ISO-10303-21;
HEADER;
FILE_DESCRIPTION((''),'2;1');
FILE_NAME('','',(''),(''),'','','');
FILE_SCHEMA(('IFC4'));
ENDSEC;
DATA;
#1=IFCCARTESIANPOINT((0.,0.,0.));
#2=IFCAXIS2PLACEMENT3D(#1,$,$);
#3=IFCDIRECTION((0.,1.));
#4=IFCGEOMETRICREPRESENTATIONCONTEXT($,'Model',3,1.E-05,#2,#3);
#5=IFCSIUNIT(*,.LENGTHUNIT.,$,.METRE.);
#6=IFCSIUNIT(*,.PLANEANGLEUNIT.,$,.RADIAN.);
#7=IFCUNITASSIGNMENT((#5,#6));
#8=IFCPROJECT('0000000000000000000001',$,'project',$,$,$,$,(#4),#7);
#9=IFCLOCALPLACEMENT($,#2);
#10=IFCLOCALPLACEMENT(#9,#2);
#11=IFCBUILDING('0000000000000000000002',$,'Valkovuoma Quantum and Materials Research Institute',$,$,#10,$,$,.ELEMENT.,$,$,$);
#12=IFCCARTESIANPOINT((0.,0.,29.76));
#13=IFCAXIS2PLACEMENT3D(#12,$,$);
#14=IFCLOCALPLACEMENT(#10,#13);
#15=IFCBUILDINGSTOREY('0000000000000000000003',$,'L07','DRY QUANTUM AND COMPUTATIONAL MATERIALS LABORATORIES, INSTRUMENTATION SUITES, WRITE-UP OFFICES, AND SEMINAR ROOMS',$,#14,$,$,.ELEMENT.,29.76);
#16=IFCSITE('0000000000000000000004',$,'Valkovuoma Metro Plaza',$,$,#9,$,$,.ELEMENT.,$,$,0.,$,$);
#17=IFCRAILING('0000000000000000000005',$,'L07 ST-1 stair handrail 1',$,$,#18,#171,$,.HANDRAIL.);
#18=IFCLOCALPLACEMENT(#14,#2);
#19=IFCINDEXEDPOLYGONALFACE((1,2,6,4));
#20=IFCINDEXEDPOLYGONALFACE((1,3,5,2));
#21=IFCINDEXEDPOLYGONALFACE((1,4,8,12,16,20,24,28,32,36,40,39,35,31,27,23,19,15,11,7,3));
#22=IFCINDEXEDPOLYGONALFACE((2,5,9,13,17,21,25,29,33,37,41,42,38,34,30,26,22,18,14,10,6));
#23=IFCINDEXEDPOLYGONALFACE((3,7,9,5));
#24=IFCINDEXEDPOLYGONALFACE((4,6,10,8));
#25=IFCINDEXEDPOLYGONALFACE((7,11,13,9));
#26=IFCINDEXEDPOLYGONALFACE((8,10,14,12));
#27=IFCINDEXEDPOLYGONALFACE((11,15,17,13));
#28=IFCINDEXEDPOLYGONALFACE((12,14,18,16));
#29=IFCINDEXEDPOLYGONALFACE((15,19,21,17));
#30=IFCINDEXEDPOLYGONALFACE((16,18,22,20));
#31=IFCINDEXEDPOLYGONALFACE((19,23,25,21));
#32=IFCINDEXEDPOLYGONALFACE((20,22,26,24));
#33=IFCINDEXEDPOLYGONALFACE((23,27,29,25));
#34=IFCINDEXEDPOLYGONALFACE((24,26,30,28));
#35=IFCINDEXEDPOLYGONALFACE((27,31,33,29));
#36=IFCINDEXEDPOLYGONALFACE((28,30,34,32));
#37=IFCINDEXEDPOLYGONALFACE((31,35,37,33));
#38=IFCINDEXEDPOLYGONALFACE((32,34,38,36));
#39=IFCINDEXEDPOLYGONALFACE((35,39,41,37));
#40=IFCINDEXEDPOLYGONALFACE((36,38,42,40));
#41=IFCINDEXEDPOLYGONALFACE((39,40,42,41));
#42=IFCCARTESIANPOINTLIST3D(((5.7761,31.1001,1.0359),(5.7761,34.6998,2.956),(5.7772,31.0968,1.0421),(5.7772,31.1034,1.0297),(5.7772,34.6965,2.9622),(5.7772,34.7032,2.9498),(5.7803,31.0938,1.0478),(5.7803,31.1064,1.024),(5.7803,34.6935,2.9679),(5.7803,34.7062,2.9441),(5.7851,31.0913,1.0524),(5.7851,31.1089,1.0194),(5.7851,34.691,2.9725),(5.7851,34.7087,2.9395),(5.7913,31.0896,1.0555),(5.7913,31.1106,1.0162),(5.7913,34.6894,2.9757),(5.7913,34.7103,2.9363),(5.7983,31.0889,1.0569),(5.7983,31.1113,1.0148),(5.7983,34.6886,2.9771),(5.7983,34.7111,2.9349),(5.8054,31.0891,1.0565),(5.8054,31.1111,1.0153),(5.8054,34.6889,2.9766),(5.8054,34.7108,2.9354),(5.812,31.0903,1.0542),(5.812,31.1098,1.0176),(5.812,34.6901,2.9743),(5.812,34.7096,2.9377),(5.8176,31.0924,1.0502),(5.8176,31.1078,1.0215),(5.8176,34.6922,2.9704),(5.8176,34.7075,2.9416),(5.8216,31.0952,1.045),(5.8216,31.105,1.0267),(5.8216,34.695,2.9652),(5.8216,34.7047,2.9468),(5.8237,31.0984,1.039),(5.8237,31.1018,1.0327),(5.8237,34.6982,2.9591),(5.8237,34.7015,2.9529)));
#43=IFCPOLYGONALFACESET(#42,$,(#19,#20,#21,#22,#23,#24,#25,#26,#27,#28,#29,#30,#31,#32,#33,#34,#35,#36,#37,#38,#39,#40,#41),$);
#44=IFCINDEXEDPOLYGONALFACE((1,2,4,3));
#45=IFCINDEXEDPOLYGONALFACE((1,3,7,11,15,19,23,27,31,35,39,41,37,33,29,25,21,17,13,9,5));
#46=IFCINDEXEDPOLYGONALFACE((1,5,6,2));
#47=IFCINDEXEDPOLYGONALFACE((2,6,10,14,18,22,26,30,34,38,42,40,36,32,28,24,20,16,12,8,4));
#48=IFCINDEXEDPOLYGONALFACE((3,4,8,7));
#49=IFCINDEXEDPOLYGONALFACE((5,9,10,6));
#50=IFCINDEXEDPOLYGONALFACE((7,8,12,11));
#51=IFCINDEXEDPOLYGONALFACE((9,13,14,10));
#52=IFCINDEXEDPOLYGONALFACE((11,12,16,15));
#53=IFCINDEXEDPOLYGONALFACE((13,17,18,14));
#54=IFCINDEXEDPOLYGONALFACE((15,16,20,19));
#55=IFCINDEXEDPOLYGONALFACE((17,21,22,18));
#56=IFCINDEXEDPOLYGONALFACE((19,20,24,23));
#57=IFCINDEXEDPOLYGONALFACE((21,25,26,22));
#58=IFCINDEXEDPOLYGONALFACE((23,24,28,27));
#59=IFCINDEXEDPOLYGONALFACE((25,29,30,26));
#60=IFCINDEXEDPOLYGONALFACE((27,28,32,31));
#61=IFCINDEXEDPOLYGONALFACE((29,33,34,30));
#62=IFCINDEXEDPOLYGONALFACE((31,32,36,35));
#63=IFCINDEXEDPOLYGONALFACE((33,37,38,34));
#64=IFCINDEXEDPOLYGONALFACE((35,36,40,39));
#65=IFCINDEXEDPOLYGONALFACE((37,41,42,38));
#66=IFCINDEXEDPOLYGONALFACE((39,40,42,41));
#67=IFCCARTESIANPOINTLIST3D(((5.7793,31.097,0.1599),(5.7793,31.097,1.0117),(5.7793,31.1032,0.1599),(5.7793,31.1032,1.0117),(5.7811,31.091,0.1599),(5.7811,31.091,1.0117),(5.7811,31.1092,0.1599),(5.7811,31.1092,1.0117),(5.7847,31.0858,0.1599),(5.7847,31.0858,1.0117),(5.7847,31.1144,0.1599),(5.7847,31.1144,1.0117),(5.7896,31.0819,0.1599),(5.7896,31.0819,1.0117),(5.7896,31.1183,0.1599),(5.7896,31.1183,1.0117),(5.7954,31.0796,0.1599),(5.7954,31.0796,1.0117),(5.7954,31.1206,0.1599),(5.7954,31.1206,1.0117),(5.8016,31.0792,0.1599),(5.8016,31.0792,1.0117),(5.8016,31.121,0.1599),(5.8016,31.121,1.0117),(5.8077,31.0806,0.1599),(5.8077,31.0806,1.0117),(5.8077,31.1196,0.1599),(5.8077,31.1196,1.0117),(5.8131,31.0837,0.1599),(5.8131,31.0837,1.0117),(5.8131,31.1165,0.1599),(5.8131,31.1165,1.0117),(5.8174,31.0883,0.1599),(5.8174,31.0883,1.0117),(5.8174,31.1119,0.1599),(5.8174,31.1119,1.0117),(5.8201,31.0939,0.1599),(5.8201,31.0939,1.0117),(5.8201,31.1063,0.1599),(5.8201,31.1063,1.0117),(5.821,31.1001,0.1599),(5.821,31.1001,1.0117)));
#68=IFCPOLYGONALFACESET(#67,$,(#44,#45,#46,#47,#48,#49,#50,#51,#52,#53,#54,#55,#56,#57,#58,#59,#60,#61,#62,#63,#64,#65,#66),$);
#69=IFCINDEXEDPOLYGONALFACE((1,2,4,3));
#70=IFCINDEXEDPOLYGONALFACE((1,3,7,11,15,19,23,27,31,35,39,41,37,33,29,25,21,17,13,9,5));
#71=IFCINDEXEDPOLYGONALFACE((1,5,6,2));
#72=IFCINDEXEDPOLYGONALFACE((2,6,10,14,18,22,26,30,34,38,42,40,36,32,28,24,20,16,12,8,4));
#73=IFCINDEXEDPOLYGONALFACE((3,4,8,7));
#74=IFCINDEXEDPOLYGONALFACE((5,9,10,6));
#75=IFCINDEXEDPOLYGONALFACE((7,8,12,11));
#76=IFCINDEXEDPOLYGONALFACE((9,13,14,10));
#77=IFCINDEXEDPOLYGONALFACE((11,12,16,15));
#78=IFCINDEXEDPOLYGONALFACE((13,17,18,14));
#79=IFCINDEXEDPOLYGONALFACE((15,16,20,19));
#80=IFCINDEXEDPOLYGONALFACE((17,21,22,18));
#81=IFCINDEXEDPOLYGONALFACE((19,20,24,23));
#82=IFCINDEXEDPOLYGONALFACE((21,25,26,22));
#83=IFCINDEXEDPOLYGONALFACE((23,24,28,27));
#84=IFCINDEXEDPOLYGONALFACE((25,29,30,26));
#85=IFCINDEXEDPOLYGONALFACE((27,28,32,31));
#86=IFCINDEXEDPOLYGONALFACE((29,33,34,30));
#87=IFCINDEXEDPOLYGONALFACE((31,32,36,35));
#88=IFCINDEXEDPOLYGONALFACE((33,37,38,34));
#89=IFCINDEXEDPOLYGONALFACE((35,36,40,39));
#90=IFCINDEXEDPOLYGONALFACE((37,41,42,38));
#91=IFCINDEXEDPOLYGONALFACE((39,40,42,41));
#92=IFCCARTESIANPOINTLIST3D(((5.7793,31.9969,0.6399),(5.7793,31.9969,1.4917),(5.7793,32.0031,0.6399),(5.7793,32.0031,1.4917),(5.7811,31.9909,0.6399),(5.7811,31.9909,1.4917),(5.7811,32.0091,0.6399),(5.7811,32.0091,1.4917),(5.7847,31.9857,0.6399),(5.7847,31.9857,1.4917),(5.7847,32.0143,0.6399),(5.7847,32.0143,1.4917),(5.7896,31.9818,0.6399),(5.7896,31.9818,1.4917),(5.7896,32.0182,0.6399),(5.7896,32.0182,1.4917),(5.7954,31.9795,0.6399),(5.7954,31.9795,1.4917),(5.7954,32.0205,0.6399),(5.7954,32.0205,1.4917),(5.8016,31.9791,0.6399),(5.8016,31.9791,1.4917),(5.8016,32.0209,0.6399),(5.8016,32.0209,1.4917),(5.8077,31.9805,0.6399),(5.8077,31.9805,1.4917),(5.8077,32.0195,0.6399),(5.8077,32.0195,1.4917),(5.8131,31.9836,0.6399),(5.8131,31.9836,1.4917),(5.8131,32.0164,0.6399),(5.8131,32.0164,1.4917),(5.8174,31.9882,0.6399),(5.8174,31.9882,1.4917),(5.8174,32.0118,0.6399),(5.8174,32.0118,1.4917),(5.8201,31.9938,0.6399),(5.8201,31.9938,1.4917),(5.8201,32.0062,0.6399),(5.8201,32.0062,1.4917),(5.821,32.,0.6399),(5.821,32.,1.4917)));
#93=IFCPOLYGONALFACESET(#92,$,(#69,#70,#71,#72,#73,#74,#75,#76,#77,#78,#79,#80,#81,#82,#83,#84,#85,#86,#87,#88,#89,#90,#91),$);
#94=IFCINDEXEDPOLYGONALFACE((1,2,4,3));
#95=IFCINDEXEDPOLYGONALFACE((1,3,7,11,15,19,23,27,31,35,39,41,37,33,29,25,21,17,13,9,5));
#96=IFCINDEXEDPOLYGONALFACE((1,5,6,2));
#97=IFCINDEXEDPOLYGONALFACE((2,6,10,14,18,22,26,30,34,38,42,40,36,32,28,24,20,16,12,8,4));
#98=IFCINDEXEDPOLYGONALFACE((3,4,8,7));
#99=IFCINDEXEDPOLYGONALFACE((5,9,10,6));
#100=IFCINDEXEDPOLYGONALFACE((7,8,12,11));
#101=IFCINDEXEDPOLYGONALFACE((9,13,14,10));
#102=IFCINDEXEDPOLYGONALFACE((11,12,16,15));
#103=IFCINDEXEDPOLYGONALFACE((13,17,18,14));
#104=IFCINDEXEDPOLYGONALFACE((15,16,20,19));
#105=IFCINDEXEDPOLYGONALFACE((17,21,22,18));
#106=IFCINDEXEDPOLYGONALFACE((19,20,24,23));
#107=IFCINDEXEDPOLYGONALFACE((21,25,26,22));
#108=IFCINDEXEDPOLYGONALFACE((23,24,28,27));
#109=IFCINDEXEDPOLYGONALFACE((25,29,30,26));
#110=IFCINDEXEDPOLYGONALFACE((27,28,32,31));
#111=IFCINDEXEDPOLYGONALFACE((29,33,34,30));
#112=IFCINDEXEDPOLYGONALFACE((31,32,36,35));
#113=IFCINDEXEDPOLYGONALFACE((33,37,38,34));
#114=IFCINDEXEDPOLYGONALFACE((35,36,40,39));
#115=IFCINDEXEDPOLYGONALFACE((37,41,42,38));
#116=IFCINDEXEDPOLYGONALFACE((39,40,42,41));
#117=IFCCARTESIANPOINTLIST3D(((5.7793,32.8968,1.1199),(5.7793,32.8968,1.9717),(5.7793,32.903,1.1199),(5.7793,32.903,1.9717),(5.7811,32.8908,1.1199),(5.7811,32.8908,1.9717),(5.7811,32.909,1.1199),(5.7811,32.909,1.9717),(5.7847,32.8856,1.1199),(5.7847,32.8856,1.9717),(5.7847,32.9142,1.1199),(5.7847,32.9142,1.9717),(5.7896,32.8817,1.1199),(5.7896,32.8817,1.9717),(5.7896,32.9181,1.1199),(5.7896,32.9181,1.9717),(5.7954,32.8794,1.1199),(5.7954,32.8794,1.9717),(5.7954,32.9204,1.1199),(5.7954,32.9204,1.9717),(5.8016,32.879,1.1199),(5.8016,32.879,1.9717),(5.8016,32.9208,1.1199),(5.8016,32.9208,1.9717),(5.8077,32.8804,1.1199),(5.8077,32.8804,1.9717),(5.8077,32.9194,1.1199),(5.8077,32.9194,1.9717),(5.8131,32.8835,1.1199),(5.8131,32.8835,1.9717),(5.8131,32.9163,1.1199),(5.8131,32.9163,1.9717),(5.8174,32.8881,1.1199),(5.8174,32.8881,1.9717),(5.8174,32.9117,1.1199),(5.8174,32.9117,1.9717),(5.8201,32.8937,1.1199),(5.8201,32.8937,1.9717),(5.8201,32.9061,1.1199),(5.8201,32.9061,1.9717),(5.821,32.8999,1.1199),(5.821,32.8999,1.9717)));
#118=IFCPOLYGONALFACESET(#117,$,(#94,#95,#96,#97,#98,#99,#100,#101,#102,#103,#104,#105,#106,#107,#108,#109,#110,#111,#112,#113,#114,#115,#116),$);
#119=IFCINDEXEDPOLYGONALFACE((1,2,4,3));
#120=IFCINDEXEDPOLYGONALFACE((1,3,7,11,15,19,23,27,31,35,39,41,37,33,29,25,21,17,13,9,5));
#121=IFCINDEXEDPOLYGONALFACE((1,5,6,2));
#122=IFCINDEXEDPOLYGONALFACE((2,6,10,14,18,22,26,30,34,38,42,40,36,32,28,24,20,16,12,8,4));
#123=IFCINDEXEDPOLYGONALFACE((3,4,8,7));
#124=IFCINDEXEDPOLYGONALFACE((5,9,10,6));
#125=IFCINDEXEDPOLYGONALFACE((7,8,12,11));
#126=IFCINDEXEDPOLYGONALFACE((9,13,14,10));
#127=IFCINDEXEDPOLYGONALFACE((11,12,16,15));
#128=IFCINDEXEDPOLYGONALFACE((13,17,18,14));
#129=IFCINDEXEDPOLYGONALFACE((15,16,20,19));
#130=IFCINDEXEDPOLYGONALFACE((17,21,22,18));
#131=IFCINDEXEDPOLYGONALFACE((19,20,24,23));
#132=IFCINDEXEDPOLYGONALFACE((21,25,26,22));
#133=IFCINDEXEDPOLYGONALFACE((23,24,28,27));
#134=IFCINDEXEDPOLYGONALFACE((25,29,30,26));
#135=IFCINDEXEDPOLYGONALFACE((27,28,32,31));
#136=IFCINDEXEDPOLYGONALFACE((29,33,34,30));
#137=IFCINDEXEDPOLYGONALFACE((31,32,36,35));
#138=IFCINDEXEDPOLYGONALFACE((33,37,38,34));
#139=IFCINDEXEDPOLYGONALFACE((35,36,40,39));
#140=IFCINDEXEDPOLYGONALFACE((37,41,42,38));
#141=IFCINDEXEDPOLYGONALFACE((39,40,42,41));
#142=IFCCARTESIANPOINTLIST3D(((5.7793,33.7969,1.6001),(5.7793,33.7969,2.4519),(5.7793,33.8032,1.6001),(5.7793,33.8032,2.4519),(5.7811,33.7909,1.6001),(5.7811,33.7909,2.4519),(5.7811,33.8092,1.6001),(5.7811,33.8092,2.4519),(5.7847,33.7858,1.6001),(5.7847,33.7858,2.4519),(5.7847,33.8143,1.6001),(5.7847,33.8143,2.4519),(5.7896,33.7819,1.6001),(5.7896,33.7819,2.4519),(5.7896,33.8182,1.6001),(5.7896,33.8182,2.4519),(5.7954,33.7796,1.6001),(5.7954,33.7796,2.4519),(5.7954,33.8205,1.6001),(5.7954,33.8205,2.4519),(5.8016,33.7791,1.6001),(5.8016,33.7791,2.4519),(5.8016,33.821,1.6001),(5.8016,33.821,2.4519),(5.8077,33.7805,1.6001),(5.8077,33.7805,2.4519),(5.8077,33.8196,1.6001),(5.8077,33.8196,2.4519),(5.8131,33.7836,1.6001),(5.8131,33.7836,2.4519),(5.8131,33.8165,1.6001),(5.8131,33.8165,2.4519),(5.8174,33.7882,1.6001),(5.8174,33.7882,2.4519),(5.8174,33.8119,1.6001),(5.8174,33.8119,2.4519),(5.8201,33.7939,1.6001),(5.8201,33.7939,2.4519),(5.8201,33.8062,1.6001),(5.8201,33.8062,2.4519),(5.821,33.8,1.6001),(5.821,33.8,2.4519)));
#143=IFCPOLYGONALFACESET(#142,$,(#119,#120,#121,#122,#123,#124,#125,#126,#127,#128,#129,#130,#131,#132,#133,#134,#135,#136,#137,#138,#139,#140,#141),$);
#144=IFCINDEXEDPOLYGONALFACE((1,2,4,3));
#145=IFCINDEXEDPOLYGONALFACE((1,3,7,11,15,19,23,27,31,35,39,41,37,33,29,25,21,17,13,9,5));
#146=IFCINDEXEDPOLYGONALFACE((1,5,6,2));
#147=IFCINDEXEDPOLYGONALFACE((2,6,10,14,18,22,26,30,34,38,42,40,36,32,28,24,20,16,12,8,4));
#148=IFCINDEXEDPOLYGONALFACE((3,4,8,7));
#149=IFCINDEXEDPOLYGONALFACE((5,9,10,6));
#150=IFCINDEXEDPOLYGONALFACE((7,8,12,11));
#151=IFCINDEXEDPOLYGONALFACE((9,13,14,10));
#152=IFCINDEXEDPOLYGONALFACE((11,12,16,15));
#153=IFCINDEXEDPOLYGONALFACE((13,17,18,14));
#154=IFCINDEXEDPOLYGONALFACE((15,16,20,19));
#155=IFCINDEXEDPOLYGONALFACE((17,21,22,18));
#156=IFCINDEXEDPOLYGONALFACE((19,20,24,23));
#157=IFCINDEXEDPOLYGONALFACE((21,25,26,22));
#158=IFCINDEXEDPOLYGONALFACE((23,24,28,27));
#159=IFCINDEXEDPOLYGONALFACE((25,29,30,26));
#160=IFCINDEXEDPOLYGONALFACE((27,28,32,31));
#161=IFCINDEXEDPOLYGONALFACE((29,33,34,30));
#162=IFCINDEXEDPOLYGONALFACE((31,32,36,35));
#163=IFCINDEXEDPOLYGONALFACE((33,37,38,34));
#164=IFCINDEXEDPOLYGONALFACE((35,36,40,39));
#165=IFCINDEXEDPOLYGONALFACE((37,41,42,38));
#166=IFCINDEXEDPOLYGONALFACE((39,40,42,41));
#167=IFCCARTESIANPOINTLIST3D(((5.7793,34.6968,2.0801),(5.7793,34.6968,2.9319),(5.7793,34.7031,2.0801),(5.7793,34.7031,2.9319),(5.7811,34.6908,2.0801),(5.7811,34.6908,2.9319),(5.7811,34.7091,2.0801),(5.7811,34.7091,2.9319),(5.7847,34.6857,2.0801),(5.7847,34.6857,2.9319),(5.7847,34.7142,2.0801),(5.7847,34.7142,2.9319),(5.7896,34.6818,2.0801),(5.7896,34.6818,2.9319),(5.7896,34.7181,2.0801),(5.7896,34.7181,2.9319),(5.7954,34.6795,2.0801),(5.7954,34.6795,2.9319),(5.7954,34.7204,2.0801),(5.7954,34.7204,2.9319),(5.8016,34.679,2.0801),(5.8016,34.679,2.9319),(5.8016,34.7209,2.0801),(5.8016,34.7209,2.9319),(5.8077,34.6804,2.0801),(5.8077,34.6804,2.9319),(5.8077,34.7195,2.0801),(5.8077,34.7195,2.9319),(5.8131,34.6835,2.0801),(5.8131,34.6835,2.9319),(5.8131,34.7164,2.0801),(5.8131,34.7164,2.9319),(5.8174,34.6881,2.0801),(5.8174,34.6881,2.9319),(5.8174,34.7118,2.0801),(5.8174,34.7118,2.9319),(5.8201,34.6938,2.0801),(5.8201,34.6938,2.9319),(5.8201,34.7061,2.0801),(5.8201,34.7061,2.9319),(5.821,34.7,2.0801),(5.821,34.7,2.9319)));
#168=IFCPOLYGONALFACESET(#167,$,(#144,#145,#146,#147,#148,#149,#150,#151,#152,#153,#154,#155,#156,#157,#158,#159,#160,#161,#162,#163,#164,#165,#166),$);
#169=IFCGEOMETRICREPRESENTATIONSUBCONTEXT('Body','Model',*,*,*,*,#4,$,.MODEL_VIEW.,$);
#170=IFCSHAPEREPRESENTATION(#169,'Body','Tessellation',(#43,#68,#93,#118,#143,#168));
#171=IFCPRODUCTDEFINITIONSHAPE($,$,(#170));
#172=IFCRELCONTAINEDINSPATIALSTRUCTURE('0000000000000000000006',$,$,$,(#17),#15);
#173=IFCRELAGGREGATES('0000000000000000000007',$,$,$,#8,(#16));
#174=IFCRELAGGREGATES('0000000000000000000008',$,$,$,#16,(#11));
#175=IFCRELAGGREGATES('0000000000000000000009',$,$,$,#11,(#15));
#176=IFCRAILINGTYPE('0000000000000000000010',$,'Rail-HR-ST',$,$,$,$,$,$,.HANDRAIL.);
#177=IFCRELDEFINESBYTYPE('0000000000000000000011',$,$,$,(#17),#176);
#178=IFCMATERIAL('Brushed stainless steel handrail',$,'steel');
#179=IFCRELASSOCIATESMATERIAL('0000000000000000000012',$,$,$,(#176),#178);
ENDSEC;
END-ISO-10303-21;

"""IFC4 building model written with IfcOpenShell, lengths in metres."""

from ifc_helpers import new_model, si_unit, direction, frame, origin, origin_2d, place, context, subcontext, project, spatial, circle, extrude, material, type_object, element, save


model = new_model("IFC4")

# Units and contexts
model_context = context("Model", 3, precision=1e-05, world=origin(), true_north=direction((0.0, 1.0)))
body_context = subcontext(model_context, "Body", "Model", "MODEL_VIEW")
ifc_project = project(units=[si_unit("LENGTHUNIT", "METRE"), si_unit("PLANEANGLEUNIT", "RADIAN")], contexts=[model_context])

# Site, building, storey
site_placement = place(None, origin())
site = spatial("IfcSite", under=ifc_project, at=site_placement, Name="Valkovuoma Metro Plaza", CompositionType="ELEMENT", RefElevation=0.0)
building_placement = place(site_placement, origin())
building = spatial("IfcBuilding", under=site, at=building_placement, Name="Valkovuoma Quantum and Materials Research Institute", CompositionType="ELEMENT")
storey_placement = place(building_placement, frame((0.0, 0.0, 29.76)))
storey = spatial("IfcBuildingStorey", under=building, at=storey_placement, Name="L07", Description="DRY QUANTUM AND COMPUTATIONAL MATERIALS LABORATORIES, INSTRUMENTATION SUITES, WRITE-UP OFFICES, AND SEMINAR ROOMS", CompositionType="ELEMENT", Elevation=29.76)

# Railing
ifc_material_1 = material(Name="Brushed stainless steel handrail", Category="steel")
railing_type_1 = type_object("IfcRailingType", Name="Rail-HR-ST", PredefinedType="HANDRAIL", material=ifc_material_1)
railing_1_placement = place(storey_placement, frame((5.8, 31.1001, 0.1599)))
element("IfcRailing", 1, at=railing_1_placement, inside=storey, type_object=railing_type_1, Name="L07 ST-1 stair handrail 1", PredefinedType="HANDRAIL", context=body_context, shape_type="SweptSolid", body=[
    extrude(circle(Radius=0.0239, at=origin_2d()), frame((0.0, 0.0, 0.876), z_axis=(0.0, 0.882328, 0.470635), x_axis=(-1.0, 0.0, 0.0)), (0.0, 0.0, 1.0), 4.0798),
    extrude(circle(Radius=0.021, at=origin_2d()), origin(), (0.0, 0.0, 1.0), 0.8518),
    extrude(circle(Radius=0.021, at=origin_2d()), frame((0.0, 0.8999, 0.48)), (0.0, 0.0, 1.0), 0.8518),
    extrude(circle(Radius=0.021, at=origin_2d()), frame((0.0, 1.7998, 0.96)), (0.0, 0.0, 1.0), 0.8518),
    extrude(circle(Radius=0.021, at=origin_2d()), frame((0.0, 2.7, 1.4402)), (0.0, 0.0, 1.0), 0.8518),
    extrude(circle(Radius=0.021, at=origin_2d()), frame((0.0, 3.5999, 1.9202)), (0.0, 0.0, 1.0), 0.8518),
])

save(model, "model.ifc")
